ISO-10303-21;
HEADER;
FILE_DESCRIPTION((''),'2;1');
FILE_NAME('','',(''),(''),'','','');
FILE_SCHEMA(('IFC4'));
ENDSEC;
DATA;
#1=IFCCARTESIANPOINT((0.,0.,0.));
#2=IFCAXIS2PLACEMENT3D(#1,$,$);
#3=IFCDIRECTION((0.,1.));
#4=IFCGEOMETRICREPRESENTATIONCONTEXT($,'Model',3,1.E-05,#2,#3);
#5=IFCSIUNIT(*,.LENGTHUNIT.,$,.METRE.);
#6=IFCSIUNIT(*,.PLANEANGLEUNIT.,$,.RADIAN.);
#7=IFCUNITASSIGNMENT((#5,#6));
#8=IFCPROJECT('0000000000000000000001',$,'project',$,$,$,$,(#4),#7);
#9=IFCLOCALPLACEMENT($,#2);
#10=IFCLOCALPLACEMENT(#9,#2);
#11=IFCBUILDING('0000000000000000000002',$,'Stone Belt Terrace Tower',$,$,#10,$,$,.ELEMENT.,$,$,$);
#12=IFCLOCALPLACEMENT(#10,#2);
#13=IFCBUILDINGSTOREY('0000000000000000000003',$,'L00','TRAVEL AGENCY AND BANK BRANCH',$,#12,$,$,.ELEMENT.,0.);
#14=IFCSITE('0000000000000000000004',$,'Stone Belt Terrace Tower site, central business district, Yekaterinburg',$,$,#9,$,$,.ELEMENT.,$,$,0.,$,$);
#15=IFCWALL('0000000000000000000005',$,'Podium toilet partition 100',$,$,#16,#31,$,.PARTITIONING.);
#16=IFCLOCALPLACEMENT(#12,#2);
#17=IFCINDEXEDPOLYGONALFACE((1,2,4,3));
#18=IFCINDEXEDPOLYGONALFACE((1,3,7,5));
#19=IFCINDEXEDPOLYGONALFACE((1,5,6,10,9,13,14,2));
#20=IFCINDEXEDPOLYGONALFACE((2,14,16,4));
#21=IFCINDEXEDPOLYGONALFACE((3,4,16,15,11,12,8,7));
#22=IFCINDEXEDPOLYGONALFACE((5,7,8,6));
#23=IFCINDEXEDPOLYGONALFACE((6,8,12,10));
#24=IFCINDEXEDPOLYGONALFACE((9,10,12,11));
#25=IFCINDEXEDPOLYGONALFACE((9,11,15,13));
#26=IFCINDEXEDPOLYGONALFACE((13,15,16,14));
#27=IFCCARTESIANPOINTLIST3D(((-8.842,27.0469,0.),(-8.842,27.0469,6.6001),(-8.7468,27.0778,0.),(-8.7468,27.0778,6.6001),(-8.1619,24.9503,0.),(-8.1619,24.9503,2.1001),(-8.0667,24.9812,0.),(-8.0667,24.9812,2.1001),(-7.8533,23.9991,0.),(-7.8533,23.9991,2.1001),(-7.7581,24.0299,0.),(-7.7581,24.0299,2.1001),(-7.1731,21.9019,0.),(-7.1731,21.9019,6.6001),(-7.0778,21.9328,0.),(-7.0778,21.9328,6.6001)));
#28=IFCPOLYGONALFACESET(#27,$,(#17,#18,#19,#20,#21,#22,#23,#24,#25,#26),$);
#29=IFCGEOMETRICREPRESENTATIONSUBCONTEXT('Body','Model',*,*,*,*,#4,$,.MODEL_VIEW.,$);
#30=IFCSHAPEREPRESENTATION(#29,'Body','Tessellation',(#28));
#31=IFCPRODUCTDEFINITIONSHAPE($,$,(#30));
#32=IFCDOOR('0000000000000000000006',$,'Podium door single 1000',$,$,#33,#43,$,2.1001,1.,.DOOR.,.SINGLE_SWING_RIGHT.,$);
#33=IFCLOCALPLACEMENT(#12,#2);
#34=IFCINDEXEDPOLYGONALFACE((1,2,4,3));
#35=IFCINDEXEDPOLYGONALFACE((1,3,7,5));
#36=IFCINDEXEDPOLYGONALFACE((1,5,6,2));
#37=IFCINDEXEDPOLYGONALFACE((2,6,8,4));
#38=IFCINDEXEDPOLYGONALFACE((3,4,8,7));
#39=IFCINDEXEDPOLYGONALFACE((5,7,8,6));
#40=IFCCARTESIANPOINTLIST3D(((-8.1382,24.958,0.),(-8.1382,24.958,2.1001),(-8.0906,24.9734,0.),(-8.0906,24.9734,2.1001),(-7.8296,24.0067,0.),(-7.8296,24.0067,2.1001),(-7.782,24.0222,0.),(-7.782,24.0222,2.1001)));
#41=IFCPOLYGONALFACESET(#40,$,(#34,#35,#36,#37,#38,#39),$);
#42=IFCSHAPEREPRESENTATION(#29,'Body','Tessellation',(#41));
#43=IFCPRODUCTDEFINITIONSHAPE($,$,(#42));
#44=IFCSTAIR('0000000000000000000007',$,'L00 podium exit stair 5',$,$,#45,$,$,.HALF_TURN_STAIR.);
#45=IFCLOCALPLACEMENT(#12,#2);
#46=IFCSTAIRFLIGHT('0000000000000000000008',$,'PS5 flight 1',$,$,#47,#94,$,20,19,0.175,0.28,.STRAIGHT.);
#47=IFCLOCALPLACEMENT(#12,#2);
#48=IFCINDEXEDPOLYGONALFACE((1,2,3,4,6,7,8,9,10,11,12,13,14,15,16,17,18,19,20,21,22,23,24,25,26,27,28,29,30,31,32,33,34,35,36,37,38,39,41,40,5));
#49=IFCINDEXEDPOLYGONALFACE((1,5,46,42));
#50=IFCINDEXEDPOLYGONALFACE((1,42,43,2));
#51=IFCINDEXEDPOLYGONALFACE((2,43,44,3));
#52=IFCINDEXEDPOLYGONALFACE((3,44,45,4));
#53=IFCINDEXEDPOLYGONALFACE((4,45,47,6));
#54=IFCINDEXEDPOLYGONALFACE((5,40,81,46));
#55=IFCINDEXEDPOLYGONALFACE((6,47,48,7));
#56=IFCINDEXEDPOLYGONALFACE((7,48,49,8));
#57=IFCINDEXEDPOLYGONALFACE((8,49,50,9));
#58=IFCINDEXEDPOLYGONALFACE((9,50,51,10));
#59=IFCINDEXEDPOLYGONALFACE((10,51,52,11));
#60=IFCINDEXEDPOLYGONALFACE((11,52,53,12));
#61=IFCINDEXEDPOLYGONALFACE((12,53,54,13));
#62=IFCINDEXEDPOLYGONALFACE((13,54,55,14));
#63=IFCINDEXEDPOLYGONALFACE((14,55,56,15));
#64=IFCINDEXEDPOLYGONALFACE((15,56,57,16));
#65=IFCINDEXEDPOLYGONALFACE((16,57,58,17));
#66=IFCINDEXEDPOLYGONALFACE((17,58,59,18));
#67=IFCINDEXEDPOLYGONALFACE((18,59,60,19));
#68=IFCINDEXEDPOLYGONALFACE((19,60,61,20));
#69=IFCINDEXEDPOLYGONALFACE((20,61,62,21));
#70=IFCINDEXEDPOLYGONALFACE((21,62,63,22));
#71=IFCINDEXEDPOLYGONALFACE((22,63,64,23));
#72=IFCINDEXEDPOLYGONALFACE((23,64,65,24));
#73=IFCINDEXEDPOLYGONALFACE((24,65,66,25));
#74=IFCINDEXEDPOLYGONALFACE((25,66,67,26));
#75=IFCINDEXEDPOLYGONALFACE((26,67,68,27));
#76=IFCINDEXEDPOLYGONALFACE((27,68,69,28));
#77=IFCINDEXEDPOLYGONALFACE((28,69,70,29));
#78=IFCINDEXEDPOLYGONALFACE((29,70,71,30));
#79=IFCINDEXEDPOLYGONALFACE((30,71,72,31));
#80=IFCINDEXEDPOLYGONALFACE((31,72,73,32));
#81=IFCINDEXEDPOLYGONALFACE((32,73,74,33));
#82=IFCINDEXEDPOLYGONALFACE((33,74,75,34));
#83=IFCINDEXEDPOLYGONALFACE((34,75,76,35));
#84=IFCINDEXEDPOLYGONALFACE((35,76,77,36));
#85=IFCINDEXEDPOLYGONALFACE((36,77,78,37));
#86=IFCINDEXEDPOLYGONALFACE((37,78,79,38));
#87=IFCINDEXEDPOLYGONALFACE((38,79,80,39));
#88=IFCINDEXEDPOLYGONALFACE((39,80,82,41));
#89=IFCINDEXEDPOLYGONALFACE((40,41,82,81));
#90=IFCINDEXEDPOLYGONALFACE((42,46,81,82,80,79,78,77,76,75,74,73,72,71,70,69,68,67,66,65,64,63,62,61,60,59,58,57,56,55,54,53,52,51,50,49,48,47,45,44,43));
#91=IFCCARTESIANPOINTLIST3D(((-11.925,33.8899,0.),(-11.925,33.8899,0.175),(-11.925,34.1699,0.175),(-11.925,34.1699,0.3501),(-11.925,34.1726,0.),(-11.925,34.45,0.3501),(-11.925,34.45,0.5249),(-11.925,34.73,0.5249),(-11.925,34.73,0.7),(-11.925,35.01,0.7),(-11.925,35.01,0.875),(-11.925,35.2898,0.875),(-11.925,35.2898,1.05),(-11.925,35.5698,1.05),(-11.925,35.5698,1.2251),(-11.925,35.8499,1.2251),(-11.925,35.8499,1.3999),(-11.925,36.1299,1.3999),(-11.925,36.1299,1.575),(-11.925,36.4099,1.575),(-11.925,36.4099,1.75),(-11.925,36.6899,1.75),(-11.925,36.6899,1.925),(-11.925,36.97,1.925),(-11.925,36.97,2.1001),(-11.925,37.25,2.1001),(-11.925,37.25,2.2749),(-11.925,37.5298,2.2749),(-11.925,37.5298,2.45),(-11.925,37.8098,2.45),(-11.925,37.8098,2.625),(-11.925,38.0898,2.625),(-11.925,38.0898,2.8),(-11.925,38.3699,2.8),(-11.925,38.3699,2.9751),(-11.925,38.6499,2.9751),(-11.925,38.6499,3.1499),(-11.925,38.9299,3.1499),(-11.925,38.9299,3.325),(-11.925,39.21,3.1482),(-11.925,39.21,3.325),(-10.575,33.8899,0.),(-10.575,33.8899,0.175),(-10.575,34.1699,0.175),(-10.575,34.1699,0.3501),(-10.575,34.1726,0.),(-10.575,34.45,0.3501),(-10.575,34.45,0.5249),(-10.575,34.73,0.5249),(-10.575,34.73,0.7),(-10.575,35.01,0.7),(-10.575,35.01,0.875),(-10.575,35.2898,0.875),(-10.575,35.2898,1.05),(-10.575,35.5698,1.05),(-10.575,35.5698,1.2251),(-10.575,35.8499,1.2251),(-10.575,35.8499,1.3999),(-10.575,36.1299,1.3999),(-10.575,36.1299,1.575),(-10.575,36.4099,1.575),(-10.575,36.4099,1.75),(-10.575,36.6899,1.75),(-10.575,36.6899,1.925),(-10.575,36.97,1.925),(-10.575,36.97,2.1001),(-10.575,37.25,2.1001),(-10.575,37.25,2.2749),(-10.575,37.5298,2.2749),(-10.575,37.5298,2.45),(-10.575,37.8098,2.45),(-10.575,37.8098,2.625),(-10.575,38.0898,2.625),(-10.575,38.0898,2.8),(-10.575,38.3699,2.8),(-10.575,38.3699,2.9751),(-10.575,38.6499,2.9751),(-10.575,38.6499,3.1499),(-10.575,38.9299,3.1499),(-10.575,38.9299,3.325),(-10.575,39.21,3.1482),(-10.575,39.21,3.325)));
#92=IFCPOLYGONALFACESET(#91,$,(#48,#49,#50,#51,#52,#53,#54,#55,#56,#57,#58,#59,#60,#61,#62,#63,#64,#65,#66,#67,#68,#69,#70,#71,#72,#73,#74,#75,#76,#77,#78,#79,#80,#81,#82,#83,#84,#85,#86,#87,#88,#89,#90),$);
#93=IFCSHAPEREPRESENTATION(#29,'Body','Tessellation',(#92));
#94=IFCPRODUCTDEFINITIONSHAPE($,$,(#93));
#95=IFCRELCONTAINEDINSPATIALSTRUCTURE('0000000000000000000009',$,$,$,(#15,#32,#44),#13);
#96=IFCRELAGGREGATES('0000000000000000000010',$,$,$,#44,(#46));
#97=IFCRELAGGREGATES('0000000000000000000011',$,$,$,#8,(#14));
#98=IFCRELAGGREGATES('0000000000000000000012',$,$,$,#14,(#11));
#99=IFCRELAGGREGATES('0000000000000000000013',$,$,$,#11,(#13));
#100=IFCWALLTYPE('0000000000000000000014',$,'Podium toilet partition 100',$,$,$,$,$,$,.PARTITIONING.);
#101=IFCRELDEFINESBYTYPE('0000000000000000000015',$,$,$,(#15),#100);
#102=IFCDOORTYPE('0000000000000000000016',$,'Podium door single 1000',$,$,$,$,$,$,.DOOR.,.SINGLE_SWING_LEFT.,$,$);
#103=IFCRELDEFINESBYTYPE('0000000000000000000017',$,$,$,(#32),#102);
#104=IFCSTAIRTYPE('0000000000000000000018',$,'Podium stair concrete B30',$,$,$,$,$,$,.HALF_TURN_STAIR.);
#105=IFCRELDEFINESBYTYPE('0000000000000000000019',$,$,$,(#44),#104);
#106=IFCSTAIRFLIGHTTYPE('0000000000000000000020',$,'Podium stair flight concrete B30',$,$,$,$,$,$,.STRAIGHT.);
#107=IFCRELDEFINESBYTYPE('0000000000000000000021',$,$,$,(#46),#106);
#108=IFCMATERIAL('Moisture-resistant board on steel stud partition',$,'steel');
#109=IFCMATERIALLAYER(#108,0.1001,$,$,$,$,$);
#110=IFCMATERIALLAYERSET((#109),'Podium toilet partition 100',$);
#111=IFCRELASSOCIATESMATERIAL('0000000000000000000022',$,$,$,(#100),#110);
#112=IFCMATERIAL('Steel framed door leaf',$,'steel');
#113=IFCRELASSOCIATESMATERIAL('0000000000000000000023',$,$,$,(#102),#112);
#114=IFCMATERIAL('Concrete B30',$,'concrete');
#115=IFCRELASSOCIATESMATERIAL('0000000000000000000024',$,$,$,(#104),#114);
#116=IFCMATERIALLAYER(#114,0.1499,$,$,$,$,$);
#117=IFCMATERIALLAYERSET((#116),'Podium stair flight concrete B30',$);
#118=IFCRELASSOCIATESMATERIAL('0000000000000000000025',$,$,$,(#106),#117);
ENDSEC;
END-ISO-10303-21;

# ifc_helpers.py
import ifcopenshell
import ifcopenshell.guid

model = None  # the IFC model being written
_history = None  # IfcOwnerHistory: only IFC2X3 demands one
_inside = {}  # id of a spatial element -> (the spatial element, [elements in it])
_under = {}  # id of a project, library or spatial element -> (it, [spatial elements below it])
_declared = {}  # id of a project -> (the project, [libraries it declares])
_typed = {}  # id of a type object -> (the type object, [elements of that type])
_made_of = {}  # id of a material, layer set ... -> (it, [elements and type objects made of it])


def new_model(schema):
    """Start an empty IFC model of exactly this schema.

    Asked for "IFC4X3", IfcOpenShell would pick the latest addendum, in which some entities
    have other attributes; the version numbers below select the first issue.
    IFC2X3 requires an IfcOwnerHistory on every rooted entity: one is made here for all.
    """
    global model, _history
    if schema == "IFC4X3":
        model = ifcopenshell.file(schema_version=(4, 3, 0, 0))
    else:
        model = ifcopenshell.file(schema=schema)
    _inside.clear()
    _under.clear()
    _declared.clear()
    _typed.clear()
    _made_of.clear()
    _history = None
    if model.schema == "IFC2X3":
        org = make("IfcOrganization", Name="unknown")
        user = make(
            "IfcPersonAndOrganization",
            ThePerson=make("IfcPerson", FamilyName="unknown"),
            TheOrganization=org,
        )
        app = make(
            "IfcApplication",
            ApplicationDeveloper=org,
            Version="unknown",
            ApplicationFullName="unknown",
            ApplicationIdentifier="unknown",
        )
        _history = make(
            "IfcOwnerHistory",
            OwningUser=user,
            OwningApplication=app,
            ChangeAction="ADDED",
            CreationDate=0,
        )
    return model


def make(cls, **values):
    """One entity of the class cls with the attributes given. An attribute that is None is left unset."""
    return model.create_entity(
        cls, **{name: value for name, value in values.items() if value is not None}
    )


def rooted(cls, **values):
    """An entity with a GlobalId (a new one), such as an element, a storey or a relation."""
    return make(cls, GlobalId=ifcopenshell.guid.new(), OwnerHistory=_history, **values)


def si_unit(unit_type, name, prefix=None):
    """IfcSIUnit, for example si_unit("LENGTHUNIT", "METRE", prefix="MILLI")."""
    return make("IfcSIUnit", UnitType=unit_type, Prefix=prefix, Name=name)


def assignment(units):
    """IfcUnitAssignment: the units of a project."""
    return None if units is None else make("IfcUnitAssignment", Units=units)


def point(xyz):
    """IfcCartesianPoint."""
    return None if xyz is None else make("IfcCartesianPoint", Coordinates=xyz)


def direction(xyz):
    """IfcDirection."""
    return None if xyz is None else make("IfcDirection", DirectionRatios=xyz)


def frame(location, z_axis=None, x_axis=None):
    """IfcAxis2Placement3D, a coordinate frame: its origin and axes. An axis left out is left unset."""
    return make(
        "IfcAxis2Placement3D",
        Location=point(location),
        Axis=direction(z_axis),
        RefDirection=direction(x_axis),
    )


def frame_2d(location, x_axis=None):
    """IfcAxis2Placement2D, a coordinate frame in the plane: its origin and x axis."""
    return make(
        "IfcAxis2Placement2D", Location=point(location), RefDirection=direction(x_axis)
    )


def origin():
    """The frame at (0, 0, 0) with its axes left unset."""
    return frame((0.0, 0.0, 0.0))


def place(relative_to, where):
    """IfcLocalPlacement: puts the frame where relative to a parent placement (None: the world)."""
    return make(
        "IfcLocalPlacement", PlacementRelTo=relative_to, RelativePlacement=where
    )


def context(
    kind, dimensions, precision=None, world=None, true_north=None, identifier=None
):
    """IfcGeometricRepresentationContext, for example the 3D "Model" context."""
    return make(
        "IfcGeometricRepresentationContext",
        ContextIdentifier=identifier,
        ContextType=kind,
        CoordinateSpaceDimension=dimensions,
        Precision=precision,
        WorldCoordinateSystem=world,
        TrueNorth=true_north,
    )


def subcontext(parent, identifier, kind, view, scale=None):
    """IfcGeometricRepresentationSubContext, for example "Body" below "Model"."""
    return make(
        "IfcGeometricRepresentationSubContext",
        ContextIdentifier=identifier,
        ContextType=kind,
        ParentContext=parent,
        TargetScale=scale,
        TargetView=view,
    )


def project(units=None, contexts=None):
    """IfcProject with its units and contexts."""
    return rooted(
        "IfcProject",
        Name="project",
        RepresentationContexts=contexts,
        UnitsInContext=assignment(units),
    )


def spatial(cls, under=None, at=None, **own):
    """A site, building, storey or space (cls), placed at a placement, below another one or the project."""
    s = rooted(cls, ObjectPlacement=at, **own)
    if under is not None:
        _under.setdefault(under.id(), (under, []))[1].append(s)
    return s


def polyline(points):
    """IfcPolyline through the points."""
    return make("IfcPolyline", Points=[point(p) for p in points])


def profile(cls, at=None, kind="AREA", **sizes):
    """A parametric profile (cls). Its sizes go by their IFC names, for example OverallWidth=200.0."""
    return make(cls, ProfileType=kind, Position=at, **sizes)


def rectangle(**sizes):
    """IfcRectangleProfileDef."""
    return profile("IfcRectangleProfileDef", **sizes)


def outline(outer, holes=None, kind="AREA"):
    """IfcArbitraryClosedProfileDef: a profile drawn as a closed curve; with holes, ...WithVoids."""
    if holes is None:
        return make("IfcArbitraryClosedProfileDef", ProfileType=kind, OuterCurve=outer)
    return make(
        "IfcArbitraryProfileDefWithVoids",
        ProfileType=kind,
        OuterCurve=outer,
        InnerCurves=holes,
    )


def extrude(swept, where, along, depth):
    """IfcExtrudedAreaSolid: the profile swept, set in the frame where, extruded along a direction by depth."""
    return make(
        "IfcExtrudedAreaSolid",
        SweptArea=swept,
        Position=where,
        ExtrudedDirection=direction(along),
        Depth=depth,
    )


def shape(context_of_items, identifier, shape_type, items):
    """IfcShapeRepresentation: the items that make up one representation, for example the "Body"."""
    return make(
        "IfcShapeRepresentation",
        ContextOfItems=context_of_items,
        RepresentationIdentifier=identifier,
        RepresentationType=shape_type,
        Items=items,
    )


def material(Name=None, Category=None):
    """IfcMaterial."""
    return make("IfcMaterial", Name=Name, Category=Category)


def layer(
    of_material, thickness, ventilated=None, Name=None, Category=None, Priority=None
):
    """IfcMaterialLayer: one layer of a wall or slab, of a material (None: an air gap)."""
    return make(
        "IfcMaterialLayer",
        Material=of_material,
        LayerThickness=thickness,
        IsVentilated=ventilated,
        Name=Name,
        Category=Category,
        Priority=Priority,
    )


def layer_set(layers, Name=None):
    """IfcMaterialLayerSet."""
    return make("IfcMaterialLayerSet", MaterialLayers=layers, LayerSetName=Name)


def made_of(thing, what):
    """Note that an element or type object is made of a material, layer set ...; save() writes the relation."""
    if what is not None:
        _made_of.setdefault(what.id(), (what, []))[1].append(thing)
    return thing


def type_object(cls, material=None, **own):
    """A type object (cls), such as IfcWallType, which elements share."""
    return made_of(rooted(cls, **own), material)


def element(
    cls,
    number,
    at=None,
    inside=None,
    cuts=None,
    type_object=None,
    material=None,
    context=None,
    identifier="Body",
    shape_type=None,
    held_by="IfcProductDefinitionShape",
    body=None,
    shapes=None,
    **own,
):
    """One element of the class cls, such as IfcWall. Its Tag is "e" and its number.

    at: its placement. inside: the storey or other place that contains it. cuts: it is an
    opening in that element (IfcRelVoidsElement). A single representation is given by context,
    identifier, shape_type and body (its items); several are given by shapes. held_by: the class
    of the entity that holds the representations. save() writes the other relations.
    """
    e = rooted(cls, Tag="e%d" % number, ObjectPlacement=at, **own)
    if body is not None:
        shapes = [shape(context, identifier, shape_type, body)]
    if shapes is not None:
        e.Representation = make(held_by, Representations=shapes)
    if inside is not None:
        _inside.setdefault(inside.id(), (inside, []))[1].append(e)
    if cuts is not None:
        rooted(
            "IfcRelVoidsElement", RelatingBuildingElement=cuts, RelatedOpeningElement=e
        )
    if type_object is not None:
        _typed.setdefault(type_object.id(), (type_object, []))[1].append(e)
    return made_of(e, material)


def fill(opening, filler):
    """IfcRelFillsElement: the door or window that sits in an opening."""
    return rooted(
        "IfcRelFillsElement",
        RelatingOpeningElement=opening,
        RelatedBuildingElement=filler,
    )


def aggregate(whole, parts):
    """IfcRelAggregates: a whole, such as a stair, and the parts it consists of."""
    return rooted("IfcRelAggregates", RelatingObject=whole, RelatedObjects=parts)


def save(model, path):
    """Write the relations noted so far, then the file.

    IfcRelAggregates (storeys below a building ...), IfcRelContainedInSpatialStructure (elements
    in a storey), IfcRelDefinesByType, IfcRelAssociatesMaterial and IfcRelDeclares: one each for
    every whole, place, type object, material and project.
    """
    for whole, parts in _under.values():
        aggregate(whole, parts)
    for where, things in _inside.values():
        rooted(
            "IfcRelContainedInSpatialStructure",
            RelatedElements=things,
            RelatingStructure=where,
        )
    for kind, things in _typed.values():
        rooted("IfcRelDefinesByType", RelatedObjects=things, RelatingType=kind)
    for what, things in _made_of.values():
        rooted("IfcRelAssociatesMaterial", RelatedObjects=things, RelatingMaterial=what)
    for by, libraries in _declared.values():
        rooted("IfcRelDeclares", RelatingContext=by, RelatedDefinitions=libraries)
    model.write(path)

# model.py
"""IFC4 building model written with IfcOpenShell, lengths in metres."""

from ifc_helpers import new_model, si_unit, direction, frame, frame_2d, origin, place, context, subcontext, project, spatial, polyline, rectangle, outline, extrude, material, layer, layer_set, type_object, element, fill, aggregate, save


model = new_model("IFC4")

# Units and contexts
model_context = context("Model", 3, precision=1e-05, world=origin(), true_north=direction((0.0, 1.0)))
body_context = subcontext(model_context, "Body", "Model", "MODEL_VIEW")
ifc_project = project(units=[si_unit("LENGTHUNIT", "METRE"), si_unit("PLANEANGLEUNIT", "RADIAN")], contexts=[model_context])

# Site, building, storey
site_placement = place(None, origin())
site = spatial("IfcSite", under=ifc_project, at=site_placement, Name="Stone Belt Terrace Tower site, central business district, Yekaterinburg", CompositionType="ELEMENT", RefElevation=0.0)
building_placement = place(site_placement, origin())
building = spatial("IfcBuilding", under=site, at=building_placement, Name="Stone Belt Terrace Tower", CompositionType="ELEMENT")
storey_placement = place(building_placement, origin())
storey = spatial("IfcBuildingStorey", under=building, at=storey_placement, Name="L00", Description="TRAVEL AGENCY AND BANK BRANCH", CompositionType="ELEMENT", Elevation=0.0)

# Shared definitions
ifc_material_1 = material(Name="Concrete B30", Category="concrete")

# Shared definitions
ifc_material_2 = material(Name="Steel framed door leaf", Category="steel")

# Shared definitions
ifc_material_3 = material(Name="Moisture-resistant board on steel stud partition", Category="steel")
ifc_layer_1 = layer(ifc_material_3, 0.1001)
ifc_layer_set_1 = layer_set([ifc_layer_1], Name="Podium toilet partition 100")
wall_type_1 = type_object("IfcWallType", Name="Podium toilet partition 100", PredefinedType="PARTITIONING", material=ifc_layer_set_1)

# Shared definitions
door_type_1 = type_object("IfcDoorType", Name="Podium door single 1000", OperationType="SINGLE_SWING_LEFT", PredefinedType="DOOR", material=ifc_material_2)

# Wall, opening, door
wall_1_placement = place(storey_placement, frame((-8.7944, 27.0625, 0.0), z_axis=(0.0, 0.0, 1.0), x_axis=(0.308553, -0.951207, 0.0)))
wall_1 = element("IfcWall", 1, at=wall_1_placement, inside=storey, type_object=wall_type_1, Name="Podium toilet partition 100", PredefinedType="PARTITIONING", context=body_context, shape_type="SweptSolid", body=[
    extrude(rectangle(XDim=5.4089, YDim=0.1001, at=frame_2d((2.7046, 0.0))), origin(), (0.0, 0.0, 1.0), 6.6001),
])
opening_1_placement = place(wall_1_placement, frame((2.2043, 0.0, 0.0)))
opening_1 = element("IfcOpeningElement", 2, at=opening_1_placement, cuts=wall_1, PredefinedType="OPENING", context=body_context, shape_type="SweptSolid", body=[
    extrude(rectangle(XDim=1.0, YDim=2.1001, at=frame_2d((0.5, 1.05))), frame((0.0, 0.0601, 0.0), z_axis=(0.0, -1.0, 0.0), x_axis=(1.0, 0.0, 0.0)), (0.0, 0.0, 1.0), 0.1201),
])
door_1_placement = place(opening_1_placement, origin())
door_1 = element("IfcDoor", 3, at=door_1_placement, inside=storey, type_object=door_type_1, Name="Podium door single 1000", OperationType="SINGLE_SWING_RIGHT", OverallHeight=2.1001, OverallWidth=1.0, PredefinedType="DOOR", context=body_context, shape_type="SweptSolid", body=[
    extrude(rectangle(XDim=1.0, YDim=2.1001, at=frame_2d((0.5, 1.05))), frame((0.0, 0.0249, 0.0), z_axis=(0.0, -1.0, 0.0), x_axis=(1.0, 0.0, 0.0)), (0.0, 0.0, 1.0), 0.05),
])
fill(opening_1, door_1)

# Stair, stair flight
stair_type = type_object("IfcStairType", Name="Podium stair concrete B30", PredefinedType="HALF_TURN_STAIR", material=ifc_material_1)
stair_placement = place(storey_placement, origin())
stair = element("IfcStair", 4, at=stair_placement, inside=storey, type_object=stair_type, Name="L00 podium exit stair 5", PredefinedType="HALF_TURN_STAIR")
ifc_layer_2 = layer(ifc_material_1, 0.1499)
ifc_layer_set_2 = layer_set([ifc_layer_2], Name="Podium stair flight concrete B30")
stair_flight_type = type_object("IfcStairFlightType", Name="Podium stair flight concrete B30", PredefinedType="STRAIGHT", material=ifc_layer_set_2)
stair_flight_placement = place(storey_placement, frame((-11.25, 33.8899, 0.0), z_axis=(0.0, 0.0, 1.0), x_axis=(0.0, 1.0, 0.0)))
stair_flight = element("IfcStairFlight", 5, at=stair_flight_placement, type_object=stair_flight_type, Name="PS5 flight 1", NumberOfRisers=20, NumberOfTreads=19, PredefinedType="STRAIGHT", RiserHeight=0.175, TreadLength=0.28, context=body_context, shape_type="SweptSolid", body=[
    extrude(outline(polyline([(0.0, 0.0), (0.0, 0.175), (0.28, 0.175), (0.28, 0.3501), (0.5601, 0.3501), (0.5601, 0.5249), (0.8401, 0.5249), (0.8401, 0.7), (1.1201, 0.7), (1.1201, 0.875), (1.3999, 0.875), (1.3999, 1.05), (1.6799, 1.05), (1.6799, 1.2251), (1.96, 1.2251), (1.96, 1.3999), (2.24, 1.3999), (2.24, 1.575), (2.52, 1.575), (2.52, 1.75), (2.8, 1.75), (2.8, 1.925), (3.0801, 1.925), (3.0801, 2.1001), (3.3601, 2.1001), (3.3601, 2.2749), (3.6399, 2.2749), (3.6399, 2.45), (3.9199, 2.45), (3.9199, 2.625), (4.2, 2.625), (4.2, 2.8), (4.48, 2.8), (4.48, 2.9751), (4.76, 2.9751), (4.76, 3.1499), (5.04, 3.1499), (5.04, 3.325), (5.3201, 3.325), (5.3201, 3.5), (5.3201, 3.1482), (0.2827, 0.0), (0.0, 0.0)])), frame((0.0, 0.675, 0.0), z_axis=(0.0, -1.0, 0.0), x_axis=(1.0, 0.0, 0.0)), (0.0, 0.0, 1.0), 1.3501),
])
aggregate(stair, [stair_flight])

save(model, "model.ifc")
